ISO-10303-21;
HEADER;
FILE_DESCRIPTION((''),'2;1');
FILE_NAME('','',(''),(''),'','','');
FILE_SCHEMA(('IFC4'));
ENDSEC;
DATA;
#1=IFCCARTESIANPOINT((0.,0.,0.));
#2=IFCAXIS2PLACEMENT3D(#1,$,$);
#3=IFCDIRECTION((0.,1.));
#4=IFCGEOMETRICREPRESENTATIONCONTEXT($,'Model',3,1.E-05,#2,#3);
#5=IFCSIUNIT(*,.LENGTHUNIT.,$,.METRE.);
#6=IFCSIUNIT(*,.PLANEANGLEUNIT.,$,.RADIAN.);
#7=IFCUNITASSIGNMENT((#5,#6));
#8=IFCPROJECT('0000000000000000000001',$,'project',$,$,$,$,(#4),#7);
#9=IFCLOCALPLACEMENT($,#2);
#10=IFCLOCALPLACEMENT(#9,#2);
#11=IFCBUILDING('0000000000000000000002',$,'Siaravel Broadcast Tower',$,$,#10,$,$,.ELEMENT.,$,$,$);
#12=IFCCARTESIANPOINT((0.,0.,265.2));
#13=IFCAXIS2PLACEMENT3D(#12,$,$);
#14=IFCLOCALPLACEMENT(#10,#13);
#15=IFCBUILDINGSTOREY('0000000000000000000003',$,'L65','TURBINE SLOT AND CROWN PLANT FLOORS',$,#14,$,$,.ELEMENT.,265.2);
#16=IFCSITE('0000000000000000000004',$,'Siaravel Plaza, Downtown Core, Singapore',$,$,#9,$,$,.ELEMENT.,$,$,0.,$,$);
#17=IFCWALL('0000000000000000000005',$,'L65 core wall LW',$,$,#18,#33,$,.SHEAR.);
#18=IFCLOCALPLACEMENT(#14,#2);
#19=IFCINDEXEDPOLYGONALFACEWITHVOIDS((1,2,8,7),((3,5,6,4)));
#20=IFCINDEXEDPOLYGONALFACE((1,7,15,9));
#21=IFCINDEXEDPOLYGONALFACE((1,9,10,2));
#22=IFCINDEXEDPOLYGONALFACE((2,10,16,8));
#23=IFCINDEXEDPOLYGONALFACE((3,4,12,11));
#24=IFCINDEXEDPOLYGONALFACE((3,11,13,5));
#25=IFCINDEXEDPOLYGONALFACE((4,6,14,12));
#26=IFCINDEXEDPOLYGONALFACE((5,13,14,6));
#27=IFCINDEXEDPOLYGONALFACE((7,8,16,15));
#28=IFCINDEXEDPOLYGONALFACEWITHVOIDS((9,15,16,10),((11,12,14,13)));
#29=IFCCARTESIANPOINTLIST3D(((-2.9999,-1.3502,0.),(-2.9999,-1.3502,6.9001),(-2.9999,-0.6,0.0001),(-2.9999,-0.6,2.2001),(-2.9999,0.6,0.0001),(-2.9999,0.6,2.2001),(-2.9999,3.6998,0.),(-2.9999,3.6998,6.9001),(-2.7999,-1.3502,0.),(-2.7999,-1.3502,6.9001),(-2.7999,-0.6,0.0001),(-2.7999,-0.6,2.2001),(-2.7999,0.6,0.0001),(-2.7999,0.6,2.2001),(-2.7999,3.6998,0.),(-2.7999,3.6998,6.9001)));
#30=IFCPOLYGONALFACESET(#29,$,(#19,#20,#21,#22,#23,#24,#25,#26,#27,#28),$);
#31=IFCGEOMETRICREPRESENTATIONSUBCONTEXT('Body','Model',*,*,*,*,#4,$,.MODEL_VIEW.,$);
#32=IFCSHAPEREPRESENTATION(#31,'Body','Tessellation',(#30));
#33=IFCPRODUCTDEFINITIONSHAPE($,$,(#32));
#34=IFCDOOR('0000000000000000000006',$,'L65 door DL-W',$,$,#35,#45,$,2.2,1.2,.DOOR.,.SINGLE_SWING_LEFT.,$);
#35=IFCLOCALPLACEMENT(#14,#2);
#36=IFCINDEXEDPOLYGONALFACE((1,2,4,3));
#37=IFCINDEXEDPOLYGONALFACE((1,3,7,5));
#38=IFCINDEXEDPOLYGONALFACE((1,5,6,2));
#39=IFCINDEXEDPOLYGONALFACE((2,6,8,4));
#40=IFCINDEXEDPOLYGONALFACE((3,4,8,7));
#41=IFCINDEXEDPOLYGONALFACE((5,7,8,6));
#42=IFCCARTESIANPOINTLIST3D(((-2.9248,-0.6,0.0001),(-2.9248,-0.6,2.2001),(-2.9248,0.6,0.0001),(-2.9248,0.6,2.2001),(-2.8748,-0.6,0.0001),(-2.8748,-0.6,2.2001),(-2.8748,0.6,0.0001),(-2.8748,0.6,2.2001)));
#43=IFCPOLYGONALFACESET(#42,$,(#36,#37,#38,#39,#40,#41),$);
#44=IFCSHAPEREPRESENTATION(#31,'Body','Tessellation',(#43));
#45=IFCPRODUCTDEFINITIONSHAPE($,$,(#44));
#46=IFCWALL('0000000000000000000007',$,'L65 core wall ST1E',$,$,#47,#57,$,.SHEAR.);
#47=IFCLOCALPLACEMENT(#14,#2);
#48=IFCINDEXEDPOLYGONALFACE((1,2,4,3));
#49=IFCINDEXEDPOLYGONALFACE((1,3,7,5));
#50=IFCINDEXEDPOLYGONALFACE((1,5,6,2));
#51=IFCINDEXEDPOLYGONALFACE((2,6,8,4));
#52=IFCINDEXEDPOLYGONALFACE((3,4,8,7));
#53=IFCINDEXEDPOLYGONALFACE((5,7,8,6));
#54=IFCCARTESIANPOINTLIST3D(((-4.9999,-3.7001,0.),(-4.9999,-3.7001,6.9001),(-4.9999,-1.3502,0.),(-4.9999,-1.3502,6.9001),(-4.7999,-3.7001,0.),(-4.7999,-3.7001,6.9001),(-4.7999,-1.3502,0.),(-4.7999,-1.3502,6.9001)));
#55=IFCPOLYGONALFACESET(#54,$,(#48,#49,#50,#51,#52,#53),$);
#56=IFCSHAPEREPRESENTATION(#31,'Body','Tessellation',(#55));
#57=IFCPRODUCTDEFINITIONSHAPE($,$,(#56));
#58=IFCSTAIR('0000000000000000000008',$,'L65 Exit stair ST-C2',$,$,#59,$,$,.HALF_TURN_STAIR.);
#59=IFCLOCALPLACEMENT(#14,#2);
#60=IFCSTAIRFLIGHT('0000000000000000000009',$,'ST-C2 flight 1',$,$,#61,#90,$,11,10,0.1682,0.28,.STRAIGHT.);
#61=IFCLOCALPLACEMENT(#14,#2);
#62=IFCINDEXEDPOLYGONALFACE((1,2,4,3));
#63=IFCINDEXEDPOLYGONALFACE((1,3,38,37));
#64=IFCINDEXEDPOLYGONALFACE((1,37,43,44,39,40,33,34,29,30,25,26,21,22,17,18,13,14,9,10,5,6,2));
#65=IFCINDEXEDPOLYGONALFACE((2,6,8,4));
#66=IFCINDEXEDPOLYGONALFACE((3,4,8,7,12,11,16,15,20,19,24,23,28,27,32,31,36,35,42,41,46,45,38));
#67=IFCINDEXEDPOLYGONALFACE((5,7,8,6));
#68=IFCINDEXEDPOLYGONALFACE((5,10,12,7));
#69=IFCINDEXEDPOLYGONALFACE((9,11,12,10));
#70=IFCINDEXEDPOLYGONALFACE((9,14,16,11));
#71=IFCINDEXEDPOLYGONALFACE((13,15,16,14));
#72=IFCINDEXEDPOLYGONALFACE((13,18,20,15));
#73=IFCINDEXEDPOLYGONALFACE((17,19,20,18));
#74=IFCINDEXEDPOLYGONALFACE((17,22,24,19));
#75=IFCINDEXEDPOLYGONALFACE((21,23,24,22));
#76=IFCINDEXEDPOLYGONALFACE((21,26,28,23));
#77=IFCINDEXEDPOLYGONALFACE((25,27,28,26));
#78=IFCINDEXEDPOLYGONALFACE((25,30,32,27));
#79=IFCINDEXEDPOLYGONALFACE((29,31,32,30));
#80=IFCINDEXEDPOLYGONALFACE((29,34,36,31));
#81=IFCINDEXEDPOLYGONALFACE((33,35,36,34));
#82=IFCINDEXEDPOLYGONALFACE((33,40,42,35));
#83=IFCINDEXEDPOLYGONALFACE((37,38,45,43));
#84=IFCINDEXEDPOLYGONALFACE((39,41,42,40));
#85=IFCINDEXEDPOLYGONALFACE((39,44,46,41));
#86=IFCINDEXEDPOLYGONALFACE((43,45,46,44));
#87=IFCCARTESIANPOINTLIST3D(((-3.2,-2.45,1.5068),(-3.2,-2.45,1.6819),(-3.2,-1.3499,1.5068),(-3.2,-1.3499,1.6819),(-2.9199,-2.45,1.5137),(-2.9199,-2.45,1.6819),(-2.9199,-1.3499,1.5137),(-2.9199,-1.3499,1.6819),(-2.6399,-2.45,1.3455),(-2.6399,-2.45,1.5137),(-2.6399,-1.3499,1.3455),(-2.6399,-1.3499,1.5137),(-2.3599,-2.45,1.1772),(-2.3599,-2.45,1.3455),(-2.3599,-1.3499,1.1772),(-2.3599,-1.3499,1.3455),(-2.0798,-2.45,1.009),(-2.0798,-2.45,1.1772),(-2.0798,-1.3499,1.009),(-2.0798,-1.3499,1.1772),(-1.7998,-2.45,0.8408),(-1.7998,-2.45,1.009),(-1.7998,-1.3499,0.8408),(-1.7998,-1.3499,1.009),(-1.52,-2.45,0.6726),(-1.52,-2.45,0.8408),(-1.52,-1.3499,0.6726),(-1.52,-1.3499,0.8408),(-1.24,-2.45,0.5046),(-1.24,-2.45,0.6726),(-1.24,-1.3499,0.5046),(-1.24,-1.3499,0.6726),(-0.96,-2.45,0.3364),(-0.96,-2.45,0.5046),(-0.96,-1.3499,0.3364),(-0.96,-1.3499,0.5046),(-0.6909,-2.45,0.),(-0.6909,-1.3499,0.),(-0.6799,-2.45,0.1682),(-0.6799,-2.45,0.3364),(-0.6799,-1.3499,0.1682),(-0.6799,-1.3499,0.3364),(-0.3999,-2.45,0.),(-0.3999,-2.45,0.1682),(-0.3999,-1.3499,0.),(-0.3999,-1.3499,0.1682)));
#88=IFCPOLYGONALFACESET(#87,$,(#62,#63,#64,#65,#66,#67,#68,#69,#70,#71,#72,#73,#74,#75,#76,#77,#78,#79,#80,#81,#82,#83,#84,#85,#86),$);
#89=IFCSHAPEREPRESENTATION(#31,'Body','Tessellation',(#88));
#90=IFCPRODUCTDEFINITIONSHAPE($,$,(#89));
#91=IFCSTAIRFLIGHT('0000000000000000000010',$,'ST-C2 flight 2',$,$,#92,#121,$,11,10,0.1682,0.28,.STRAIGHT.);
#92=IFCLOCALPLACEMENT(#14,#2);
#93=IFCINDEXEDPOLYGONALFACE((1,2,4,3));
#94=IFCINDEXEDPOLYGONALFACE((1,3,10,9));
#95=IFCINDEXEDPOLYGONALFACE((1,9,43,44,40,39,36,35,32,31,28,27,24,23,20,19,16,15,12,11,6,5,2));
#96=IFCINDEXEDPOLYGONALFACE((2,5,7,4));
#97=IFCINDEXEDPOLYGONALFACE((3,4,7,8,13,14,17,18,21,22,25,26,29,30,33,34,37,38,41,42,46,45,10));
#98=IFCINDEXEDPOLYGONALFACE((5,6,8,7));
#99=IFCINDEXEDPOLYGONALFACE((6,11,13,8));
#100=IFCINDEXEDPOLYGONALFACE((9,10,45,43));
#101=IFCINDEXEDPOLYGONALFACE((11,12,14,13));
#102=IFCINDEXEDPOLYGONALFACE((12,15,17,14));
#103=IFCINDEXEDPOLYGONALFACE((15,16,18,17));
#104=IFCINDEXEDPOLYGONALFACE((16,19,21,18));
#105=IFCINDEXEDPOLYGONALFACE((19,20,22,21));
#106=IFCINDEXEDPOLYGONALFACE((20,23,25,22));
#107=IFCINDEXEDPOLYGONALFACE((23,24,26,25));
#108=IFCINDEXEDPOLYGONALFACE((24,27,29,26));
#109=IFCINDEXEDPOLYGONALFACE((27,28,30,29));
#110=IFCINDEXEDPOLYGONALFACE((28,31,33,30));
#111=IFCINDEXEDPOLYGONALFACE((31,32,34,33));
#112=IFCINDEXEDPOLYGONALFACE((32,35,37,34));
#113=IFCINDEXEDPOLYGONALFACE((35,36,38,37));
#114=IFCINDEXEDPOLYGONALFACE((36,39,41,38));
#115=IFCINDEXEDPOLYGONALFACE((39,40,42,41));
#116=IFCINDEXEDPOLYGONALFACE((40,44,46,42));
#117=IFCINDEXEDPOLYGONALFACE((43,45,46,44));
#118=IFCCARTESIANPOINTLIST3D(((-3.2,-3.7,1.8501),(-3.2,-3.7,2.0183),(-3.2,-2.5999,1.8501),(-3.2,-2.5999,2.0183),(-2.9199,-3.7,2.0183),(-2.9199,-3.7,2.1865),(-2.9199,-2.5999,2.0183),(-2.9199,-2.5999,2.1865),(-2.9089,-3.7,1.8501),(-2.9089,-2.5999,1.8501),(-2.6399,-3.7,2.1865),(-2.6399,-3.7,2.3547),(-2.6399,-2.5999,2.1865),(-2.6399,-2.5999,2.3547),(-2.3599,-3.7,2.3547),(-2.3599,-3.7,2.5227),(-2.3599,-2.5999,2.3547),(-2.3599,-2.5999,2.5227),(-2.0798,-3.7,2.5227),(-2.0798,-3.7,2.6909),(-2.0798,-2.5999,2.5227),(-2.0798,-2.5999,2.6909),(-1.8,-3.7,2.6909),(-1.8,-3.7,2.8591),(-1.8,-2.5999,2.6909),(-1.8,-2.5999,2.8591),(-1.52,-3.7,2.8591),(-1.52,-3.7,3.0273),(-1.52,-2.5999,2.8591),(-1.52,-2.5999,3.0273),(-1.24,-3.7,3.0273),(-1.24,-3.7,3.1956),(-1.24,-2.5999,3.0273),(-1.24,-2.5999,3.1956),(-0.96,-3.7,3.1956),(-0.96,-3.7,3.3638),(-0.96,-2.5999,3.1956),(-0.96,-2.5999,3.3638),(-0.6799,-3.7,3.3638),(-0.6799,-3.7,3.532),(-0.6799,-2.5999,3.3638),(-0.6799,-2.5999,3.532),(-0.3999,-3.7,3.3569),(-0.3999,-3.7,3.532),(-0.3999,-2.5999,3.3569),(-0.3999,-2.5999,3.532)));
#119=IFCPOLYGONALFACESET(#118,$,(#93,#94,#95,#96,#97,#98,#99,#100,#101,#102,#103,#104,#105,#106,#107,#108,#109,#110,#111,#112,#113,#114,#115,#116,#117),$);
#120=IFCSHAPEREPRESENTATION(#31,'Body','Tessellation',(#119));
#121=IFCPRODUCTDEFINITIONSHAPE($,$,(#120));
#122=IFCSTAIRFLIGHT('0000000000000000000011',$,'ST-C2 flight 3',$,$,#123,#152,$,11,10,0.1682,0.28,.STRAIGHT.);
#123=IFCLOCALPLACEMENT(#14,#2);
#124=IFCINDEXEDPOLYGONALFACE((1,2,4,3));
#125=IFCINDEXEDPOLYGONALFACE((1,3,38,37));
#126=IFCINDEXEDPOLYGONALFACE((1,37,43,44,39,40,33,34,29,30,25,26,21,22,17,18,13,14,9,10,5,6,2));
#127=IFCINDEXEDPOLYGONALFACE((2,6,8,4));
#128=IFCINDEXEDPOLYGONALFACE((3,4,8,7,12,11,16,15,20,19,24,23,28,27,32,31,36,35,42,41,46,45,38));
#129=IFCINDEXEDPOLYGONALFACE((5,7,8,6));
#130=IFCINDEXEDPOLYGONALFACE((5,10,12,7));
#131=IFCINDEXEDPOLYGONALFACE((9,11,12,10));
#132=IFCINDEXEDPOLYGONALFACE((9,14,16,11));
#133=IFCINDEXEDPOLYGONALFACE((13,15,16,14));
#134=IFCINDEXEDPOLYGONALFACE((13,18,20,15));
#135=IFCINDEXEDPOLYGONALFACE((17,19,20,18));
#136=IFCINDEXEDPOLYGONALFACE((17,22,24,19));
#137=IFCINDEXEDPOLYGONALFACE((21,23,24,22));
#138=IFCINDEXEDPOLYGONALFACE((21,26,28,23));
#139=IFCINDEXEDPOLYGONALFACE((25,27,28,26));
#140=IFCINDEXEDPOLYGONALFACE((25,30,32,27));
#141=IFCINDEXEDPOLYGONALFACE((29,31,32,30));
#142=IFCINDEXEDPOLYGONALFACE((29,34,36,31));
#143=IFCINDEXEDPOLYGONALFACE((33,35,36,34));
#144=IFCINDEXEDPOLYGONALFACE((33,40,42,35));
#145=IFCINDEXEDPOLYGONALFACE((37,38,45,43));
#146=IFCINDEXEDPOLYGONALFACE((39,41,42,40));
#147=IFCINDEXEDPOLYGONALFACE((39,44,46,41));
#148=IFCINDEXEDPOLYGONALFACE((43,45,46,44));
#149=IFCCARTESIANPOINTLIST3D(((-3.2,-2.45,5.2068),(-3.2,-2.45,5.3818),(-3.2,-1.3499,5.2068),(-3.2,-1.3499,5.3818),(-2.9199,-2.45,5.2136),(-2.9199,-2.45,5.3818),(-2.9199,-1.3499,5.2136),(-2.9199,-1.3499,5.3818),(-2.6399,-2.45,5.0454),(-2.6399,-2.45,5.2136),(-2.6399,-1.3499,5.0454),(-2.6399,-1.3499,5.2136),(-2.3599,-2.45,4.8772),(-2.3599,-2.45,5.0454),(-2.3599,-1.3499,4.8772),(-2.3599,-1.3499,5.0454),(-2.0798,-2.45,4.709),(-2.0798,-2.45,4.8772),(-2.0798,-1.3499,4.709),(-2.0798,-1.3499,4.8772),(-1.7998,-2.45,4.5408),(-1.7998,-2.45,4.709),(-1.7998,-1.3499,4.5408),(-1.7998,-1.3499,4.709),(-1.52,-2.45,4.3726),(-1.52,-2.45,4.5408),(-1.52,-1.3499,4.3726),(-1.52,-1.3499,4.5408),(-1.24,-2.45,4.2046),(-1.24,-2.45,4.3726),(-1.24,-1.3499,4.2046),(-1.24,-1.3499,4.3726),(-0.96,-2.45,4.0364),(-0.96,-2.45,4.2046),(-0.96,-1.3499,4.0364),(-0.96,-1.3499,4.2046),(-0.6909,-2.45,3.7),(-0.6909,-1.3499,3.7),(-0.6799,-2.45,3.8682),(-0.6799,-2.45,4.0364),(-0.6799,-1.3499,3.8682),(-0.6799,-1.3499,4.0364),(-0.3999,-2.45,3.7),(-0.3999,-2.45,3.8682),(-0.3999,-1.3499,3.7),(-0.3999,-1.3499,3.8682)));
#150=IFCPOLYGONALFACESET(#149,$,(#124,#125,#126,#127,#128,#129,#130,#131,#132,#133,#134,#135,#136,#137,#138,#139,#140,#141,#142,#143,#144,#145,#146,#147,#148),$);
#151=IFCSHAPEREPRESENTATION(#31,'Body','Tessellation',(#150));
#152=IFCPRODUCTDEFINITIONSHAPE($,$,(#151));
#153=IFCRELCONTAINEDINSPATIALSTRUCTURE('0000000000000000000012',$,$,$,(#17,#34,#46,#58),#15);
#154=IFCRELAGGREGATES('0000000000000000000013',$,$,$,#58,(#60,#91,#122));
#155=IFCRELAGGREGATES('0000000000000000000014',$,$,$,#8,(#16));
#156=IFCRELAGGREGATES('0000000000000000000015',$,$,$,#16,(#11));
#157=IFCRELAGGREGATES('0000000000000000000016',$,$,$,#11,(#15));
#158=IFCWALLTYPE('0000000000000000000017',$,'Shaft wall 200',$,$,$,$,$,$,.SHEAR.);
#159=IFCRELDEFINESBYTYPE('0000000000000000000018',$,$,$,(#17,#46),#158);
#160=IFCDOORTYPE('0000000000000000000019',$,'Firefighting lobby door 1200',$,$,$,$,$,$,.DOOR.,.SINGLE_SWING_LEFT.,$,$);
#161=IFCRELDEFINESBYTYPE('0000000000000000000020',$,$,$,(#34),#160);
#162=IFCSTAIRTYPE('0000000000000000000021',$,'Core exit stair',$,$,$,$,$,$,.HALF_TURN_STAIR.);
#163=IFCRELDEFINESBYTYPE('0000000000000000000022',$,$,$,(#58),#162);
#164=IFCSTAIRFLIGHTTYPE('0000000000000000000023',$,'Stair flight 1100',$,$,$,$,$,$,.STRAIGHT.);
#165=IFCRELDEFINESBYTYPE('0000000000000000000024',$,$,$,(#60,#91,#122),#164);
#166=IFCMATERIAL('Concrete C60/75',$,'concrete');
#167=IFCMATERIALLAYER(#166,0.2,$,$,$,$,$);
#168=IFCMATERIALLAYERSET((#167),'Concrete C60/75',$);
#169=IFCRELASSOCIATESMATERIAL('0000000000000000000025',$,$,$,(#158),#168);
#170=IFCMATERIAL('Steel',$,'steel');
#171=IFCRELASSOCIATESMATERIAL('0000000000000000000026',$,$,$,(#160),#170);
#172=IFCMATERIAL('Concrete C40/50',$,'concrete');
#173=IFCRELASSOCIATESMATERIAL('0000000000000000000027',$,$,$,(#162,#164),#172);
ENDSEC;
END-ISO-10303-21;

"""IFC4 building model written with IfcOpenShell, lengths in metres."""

from ifc_helpers import new_model, si_unit, direction, frame, frame_2d, origin, place, context, subcontext, project, spatial, polyline, rectangle, outline, extrude, material, layer, layer_set, type_object, element, fill, aggregate, save


model = new_model("IFC4")

# Units and contexts
model_context = context("Model", 3, precision=1e-05, world=origin(), true_north=direction((0.0, 1.0)))
body_context = subcontext(model_context, "Body", "Model", "MODEL_VIEW")
ifc_project = project(units=[si_unit("LENGTHUNIT", "METRE"), si_unit("PLANEANGLEUNIT", "RADIAN")], contexts=[model_context])

# Site, building, storey
site_placement = place(None, origin())
site = spatial("IfcSite", under=ifc_project, at=site_placement, Name="Siaravel Plaza, Downtown Core, Singapore", CompositionType="ELEMENT", RefElevation=0.0)
building_placement = place(site_placement, origin())
building = spatial("IfcBuilding", under=site, at=building_placement, Name="Siaravel Broadcast Tower", CompositionType="ELEMENT")
storey_placement = place(building_placement, frame((0.0, 0.0, 265.2)))
storey = spatial("IfcBuildingStorey", under=building, at=storey_placement, Name="L65", Description="TURBINE SLOT AND CROWN PLANT FLOORS", CompositionType="ELEMENT", Elevation=265.2)

# Wall, opening, door
ifc_material_1 = material(Name="Concrete C60/75", Category="concrete")
ifc_layer_1 = layer(ifc_material_1, 0.2)
ifc_layer_set_1 = layer_set([ifc_layer_1], Name="Concrete C60/75")
wall_type_1 = type_object("IfcWallType", Name="Shaft wall 200", PredefinedType="SHEAR", material=ifc_layer_set_1)
wall_1_placement = place(storey_placement, frame((-2.8999, -1.3501, 0.0), z_axis=(0.0, 0.0, 1.0), x_axis=(0.0, 1.0, 0.0)))
wall_1 = element("IfcWall", 1, at=wall_1_placement, inside=storey, type_object=wall_type_1, Name="L65 core wall LW", PredefinedType="SHEAR", context=body_context, shape_type="SweptSolid", body=[
    extrude(rectangle(XDim=5.05, YDim=0.2, at=frame_2d((2.5249, 0.0))), origin(), (0.0, 0.0, 1.0), 6.9001),
])
opening_placement = place(wall_1_placement, frame((0.75, 0.0, 0.0)))
opening = element("IfcOpeningElement", 2, at=opening_placement, cuts=wall_1, PredefinedType="OPENING", context=body_context, shape_type="SweptSolid", body=[
    extrude(rectangle(XDim=1.2, YDim=2.2, at=frame_2d((0.6001, 1.1001))), frame((0.0, 0.1099, 0.0), z_axis=(0.0, -1.0, 0.0), x_axis=(1.0, 0.0, 0.0)), (0.0, 0.0, 1.0), 0.22),
])
ifc_material_2 = material(Name="Steel", Category="steel")
door_type = type_object("IfcDoorType", Name="Firefighting lobby door 1200", OperationType="SINGLE_SWING_LEFT", PredefinedType="DOOR", material=ifc_material_2)
door_placement = place(opening_placement, origin())
door = element("IfcDoor", 3, at=door_placement, inside=storey, type_object=door_type, Name="L65 door DL-W", OperationType="SINGLE_SWING_LEFT", OverallHeight=2.2, OverallWidth=1.2, PredefinedType="DOOR", context=body_context, shape_type="SweptSolid", body=[
    extrude(rectangle(XDim=1.2, YDim=2.2, at=frame_2d((0.6001, 1.1001))), frame((0.0, 0.0249, 0.0), z_axis=(0.0, -1.0, 0.0), x_axis=(1.0, 0.0, 0.0)), (0.0, 0.0, 1.0), 0.05),
])
fill(opening, door)

# Wall
wall_2_placement = place(storey_placement, frame((-4.8999, -3.7, 0.0), z_axis=(0.0, 0.0, 1.0), x_axis=(0.0, 1.0, 0.0)))
element("IfcWall", 4, at=wall_2_placement, inside=storey, type_object=wall_type_1, Name="L65 core wall ST1E", PredefinedType="SHEAR", context=body_context, shape_type="SweptSolid", body=[
    extrude(rectangle(XDim=2.3499, YDim=0.2, at=frame_2d((1.1748, 0.0))), origin(), (0.0, 0.0, 1.0), 6.9001),
])

# Stair, stair flights
ifc_material_3 = material(Name="Concrete C40/50", Category="concrete")
stair_type = type_object("IfcStairType", Name="Core exit stair", PredefinedType="HALF_TURN_STAIR", material=ifc_material_3)
stair_placement = place(storey_placement, origin())
stair = element("IfcStair", 5, at=stair_placement, inside=storey, type_object=stair_type, Name="L65 Exit stair ST-C2", PredefinedType="HALF_TURN_STAIR")
stair_flight_type = type_object("IfcStairFlightType", Name="Stair flight 1100", PredefinedType="STRAIGHT", material=ifc_material_3)
stair_flight_1_placement = place(storey_placement, frame((-0.3999, -1.8999, 0.0), z_axis=(0.0, 0.0, 1.0), x_axis=(-1.0, 0.0, 0.0)))
stair_flight_1 = element("IfcStairFlight", 6, at=stair_flight_1_placement, type_object=stair_flight_type, Name="ST-C2 flight 1", NumberOfRisers=11, NumberOfTreads=10, PredefinedType="STRAIGHT", RiserHeight=0.1682, TreadLength=0.28, context=body_context, shape_type="SweptSolid", body=[
    extrude(outline(polyline([(0.0, 0.0), (0.0, 0.1682), (0.28, 0.1682), (0.28, 0.3364), (0.5601, 0.3364), (0.5601, 0.5046), (0.8401, 0.5046), (0.8401, 0.6726), (1.1201, 0.6726), (1.1201, 0.8408), (1.3999, 0.8408), (1.3999, 1.009), (1.6799, 1.009), (1.6799, 1.1772), (1.96, 1.1772), (1.96, 1.3455), (2.24, 1.3455), (2.24, 1.5137), (2.52, 1.5137), (2.52, 1.6819), (2.8, 1.6819), (2.8, 1.8501), (2.8, 1.5068), (0.291, 0.0), (0.0, 0.0)])), frame((0.0, 0.55, 0.0), z_axis=(0.0, -1.0, 0.0), x_axis=(1.0, 0.0, 0.0)), (0.0, 0.0, 1.0), 1.1001),
])
stair_flight_2_placement = place(storey_placement, frame((-3.2, -3.1499, 1.8501), z_axis=(0.0, 0.0, 1.0), x_axis=(1.0, 0.0, 0.0)))
stair_flight_2 = element("IfcStairFlight", 7, at=stair_flight_2_placement, type_object=stair_flight_type, Name="ST-C2 flight 2", NumberOfRisers=11, NumberOfTreads=10, PredefinedType="STRAIGHT", RiserHeight=0.1682, TreadLength=0.28, context=body_context, shape_type="SweptSolid", body=[
    extrude(outline(polyline([(0.0, 0.0), (0.0, 0.1682), (0.28, 0.1682), (0.28, 0.3364), (0.5601, 0.3364), (0.5601, 0.5046), (0.8401, 0.5046), (0.8401, 0.6726), (1.1201, 0.6726), (1.1201, 0.8408), (1.3999, 0.8408), (1.3999, 1.009), (1.6799, 1.009), (1.6799, 1.1772), (1.96, 1.1772), (1.96, 1.3455), (2.24, 1.3455), (2.24, 1.5137), (2.52, 1.5137), (2.52, 1.6819), (2.8, 1.6819), (2.8, 1.8501), (2.8, 1.5068), (0.291, 0.0), (0.0, 0.0)])), frame((0.0, 0.55, 0.0), z_axis=(0.0, -1.0, 0.0), x_axis=(1.0, 0.0, 0.0)), (0.0, 0.0, 1.0), 1.1001),
])
stair_flight_3_placement = place(storey_placement, frame((-0.3999, -1.8999, 3.7), z_axis=(0.0, 0.0, 1.0), x_axis=(-1.0, 0.0, 0.0)))
stair_flight_3 = element("IfcStairFlight", 8, at=stair_flight_3_placement, type_object=stair_flight_type, Name="ST-C2 flight 3", NumberOfRisers=11, NumberOfTreads=10, PredefinedType="STRAIGHT", RiserHeight=0.1682, TreadLength=0.28, context=body_context, shape_type="SweptSolid", body=[
    extrude(outline(polyline([(0.0, 0.0), (0.0, 0.1682), (0.28, 0.1682), (0.28, 0.3364), (0.5601, 0.3364), (0.5601, 0.5046), (0.8401, 0.5046), (0.8401, 0.6726), (1.1201, 0.6726), (1.1201, 0.8408), (1.3999, 0.8408), (1.3999, 1.009), (1.6799, 1.009), (1.6799, 1.1772), (1.96, 1.1772), (1.96, 1.3455), (2.24, 1.3455), (2.24, 1.5137), (2.52, 1.5137), (2.52, 1.6819), (2.8, 1.6819), (2.8, 1.8501), (2.8, 1.5068), (0.291, 0.0), (0.0, 0.0)])), frame((0.0, 0.55, 0.0), z_axis=(0.0, -1.0, 0.0), x_axis=(1.0, 0.0, 0.0)), (0.0, 0.0, 1.0), 1.1001),
])
aggregate(stair, [stair_flight_1, stair_flight_2, stair_flight_3])

save(model, "model.ifc")
